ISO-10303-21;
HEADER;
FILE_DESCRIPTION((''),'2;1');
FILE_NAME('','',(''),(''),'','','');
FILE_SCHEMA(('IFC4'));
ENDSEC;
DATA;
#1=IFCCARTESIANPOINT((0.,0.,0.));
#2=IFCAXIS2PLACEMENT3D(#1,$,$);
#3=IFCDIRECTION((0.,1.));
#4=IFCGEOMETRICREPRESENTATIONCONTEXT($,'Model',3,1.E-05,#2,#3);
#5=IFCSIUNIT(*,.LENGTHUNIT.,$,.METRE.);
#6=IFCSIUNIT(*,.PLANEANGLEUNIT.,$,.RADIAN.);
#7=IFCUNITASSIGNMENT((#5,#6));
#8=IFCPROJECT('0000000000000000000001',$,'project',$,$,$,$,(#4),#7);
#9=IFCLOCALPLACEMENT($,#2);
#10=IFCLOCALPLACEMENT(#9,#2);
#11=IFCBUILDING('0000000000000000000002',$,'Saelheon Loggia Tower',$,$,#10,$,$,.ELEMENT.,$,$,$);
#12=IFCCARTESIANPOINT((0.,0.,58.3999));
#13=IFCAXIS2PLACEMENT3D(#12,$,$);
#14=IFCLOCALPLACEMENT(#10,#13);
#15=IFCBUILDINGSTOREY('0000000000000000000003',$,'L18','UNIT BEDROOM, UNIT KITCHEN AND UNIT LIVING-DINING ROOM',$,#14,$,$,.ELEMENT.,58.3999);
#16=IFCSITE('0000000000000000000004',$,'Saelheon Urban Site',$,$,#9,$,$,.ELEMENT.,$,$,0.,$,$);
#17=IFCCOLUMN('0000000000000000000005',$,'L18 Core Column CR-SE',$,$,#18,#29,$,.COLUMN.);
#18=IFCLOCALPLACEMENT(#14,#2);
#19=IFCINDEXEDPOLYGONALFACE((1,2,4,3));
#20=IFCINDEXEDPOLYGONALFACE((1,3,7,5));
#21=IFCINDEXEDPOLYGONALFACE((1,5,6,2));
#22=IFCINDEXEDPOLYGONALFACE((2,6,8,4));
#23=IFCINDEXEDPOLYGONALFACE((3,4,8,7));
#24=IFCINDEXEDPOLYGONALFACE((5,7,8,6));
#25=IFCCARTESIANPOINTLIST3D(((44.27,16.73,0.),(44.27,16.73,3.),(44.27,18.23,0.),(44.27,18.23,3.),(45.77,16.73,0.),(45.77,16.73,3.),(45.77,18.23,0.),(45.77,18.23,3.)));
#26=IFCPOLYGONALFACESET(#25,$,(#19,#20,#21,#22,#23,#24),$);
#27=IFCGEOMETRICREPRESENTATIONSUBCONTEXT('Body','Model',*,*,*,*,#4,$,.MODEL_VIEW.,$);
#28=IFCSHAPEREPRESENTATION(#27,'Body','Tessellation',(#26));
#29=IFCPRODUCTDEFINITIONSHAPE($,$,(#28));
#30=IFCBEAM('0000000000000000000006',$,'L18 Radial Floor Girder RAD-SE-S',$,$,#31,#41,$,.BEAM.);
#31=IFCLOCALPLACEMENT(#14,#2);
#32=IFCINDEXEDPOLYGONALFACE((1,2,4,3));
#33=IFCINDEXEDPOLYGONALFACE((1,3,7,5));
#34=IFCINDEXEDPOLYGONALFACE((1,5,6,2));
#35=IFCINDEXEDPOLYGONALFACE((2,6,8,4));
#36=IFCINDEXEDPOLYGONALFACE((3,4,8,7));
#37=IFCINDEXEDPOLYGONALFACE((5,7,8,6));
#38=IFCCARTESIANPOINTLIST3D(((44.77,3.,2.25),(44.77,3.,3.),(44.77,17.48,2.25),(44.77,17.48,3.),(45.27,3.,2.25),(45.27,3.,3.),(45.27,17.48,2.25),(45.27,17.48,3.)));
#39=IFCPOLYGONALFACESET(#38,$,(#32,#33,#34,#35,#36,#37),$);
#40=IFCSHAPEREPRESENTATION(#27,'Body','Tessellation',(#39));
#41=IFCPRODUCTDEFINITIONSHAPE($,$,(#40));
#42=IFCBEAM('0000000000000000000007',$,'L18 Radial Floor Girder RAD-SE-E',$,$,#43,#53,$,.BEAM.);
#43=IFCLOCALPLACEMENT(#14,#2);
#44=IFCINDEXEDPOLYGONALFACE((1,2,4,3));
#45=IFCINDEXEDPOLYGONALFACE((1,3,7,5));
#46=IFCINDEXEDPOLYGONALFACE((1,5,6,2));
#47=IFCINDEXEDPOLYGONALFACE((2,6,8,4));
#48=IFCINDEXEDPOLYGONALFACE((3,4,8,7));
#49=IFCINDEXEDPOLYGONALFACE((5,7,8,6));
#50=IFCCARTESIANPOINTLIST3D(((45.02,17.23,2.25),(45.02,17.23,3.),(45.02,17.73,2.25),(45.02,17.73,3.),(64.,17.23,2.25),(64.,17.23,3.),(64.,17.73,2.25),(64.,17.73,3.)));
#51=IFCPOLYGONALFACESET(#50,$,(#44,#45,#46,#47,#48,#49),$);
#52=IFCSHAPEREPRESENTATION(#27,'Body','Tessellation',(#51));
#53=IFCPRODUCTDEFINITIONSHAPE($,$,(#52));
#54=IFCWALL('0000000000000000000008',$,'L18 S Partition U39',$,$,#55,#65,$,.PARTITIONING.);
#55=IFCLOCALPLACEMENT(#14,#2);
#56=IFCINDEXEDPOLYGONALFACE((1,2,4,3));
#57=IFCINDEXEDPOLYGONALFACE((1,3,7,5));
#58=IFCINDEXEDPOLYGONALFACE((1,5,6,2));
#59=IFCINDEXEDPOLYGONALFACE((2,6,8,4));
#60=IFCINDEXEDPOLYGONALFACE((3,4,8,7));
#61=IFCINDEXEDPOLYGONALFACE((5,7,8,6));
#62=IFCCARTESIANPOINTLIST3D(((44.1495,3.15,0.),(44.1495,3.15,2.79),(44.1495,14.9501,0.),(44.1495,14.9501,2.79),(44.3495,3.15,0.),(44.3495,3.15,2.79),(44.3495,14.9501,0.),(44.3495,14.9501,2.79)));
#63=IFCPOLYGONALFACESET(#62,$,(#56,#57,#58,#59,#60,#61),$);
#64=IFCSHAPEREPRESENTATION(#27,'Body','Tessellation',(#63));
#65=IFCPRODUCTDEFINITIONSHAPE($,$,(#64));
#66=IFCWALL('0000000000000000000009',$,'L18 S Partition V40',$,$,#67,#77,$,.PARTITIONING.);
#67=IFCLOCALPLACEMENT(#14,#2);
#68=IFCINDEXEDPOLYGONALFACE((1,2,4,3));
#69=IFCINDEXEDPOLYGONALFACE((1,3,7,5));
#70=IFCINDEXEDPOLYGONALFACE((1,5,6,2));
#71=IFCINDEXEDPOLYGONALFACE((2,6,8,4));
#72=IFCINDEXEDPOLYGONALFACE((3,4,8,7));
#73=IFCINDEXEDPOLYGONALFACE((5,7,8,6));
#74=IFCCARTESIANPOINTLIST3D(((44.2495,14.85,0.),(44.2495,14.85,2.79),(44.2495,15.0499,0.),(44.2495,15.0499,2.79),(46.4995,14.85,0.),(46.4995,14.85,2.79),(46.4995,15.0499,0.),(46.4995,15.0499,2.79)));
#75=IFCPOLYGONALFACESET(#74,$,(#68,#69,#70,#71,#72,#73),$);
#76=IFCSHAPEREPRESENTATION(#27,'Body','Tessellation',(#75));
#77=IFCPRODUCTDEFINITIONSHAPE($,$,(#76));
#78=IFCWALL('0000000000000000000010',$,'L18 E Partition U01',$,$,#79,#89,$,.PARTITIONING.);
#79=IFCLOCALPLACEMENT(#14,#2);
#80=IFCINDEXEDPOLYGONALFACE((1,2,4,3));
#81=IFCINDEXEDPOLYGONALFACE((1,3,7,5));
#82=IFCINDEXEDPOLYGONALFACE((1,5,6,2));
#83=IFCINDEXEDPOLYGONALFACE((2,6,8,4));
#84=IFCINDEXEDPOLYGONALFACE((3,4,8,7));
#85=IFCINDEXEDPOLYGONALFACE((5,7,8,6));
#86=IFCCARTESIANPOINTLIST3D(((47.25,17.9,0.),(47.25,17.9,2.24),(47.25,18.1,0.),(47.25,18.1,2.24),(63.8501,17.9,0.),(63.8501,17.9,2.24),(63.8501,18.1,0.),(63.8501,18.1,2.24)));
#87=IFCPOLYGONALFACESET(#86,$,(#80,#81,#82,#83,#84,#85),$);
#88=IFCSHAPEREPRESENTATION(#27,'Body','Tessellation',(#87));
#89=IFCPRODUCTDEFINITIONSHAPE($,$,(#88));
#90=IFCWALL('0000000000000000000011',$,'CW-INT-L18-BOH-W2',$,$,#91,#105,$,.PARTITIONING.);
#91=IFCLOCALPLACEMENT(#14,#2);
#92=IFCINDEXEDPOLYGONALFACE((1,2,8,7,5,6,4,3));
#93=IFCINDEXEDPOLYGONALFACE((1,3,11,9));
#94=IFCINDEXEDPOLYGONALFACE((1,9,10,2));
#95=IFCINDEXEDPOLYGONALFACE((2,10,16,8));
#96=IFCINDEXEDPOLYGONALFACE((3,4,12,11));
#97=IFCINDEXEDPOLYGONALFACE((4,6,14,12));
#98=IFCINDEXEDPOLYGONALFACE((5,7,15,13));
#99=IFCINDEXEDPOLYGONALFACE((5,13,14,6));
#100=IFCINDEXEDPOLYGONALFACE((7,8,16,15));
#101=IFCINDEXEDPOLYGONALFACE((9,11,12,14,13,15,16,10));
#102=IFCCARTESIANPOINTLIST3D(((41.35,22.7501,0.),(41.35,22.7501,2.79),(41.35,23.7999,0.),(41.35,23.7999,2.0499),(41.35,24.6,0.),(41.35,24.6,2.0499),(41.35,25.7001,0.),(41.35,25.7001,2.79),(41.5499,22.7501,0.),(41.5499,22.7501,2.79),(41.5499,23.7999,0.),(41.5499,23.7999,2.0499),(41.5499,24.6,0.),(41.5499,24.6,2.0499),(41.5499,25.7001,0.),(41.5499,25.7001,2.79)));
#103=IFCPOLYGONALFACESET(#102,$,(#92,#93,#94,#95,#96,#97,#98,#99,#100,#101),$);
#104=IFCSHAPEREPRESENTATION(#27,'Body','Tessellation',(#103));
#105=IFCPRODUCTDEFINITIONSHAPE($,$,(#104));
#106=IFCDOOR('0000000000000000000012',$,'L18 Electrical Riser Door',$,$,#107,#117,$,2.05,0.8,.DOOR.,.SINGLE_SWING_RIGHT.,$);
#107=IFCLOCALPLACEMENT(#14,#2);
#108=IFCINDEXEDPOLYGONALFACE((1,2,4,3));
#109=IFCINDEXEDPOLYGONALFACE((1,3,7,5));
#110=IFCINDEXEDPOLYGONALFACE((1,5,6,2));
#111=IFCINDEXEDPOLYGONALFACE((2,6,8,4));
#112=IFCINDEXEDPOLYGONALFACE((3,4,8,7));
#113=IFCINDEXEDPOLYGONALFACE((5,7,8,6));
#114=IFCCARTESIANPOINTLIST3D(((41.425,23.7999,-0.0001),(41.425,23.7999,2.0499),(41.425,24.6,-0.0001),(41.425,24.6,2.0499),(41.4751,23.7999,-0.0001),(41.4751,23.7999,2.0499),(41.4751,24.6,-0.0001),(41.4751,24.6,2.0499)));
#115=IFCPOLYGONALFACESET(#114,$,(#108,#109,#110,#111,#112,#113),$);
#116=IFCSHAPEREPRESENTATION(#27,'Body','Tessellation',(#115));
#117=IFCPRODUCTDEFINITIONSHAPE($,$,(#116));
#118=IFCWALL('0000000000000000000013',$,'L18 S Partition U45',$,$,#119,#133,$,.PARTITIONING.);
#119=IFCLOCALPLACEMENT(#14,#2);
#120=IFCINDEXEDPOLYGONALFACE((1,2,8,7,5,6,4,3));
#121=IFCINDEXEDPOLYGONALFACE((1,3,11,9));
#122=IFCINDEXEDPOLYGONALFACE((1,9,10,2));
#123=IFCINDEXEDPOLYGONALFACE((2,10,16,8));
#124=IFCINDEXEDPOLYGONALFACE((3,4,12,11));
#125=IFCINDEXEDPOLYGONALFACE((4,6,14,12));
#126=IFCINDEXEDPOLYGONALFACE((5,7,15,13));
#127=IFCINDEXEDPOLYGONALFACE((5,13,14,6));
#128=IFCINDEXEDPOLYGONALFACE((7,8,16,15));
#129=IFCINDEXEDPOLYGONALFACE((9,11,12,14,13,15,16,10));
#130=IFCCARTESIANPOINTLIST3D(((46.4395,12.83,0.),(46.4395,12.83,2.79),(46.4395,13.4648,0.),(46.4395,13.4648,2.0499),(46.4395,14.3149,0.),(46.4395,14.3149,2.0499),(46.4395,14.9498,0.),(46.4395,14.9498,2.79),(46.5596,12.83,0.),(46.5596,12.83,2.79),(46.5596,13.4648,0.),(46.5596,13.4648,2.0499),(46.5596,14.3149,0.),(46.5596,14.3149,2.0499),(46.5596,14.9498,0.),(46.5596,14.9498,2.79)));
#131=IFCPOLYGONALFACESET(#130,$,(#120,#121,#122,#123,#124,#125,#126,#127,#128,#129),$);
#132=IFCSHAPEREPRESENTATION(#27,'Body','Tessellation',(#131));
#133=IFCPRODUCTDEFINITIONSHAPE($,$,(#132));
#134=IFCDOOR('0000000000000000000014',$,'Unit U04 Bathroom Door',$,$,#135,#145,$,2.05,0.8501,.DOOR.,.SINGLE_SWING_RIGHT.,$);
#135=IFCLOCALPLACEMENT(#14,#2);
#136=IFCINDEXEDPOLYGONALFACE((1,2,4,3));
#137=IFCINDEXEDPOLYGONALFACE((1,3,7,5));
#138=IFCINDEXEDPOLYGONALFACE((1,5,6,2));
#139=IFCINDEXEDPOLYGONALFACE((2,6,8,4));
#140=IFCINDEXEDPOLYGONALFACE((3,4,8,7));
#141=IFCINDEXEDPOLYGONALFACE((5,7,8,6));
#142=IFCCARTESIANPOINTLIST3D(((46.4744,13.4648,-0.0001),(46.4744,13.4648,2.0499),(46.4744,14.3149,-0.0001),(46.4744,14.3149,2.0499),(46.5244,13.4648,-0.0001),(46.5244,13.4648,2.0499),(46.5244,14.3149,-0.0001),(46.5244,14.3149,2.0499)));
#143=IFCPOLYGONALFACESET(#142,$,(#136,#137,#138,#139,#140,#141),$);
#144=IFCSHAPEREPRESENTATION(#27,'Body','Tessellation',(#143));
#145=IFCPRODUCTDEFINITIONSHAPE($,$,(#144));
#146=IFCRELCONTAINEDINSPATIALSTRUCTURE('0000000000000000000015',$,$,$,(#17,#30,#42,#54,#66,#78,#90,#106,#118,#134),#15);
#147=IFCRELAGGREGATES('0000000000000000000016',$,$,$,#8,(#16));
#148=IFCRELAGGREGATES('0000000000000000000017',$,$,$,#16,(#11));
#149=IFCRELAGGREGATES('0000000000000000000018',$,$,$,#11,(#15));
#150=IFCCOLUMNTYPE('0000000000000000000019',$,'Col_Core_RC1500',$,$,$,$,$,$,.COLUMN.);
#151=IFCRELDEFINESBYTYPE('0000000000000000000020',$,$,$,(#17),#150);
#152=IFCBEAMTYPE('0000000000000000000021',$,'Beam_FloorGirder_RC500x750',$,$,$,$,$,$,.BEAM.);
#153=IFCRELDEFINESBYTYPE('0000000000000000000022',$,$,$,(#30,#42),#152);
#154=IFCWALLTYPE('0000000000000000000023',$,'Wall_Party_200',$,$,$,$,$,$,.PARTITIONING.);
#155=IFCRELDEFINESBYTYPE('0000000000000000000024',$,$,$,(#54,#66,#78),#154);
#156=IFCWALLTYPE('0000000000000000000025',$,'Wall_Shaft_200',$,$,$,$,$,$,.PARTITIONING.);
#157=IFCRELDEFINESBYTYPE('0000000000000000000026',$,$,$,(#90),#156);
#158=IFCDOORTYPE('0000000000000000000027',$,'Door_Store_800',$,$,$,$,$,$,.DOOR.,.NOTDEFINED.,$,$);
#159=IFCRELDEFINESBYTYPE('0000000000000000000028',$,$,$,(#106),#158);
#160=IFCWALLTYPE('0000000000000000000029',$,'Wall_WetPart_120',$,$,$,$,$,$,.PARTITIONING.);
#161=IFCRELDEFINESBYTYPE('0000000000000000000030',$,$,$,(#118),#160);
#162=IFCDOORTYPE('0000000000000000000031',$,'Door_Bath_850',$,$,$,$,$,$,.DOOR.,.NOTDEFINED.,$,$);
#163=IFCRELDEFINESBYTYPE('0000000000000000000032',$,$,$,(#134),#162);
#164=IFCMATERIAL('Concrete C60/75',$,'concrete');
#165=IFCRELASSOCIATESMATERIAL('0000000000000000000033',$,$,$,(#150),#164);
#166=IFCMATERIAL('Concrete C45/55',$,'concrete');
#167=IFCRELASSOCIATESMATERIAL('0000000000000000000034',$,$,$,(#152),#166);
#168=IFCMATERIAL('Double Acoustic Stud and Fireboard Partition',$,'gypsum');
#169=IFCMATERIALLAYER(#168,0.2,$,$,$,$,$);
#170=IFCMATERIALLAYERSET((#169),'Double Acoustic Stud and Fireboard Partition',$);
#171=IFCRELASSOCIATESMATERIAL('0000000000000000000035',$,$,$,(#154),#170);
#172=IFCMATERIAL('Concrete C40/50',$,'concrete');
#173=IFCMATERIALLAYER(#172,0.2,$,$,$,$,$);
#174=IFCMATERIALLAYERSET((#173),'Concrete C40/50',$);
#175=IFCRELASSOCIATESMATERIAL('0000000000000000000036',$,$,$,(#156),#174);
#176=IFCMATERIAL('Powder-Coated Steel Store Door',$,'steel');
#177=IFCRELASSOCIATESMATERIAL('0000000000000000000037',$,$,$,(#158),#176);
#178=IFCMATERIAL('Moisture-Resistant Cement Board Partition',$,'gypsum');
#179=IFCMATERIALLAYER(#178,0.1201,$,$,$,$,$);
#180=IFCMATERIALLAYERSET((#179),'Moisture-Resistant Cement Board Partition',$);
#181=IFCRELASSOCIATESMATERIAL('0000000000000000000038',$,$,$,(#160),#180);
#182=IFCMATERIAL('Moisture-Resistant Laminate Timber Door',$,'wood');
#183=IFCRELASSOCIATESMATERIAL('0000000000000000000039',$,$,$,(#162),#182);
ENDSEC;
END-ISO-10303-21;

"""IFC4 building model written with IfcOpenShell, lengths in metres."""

from ifc_helpers import new_model, si_unit, direction, frame, frame_2d, origin, origin_2d, place, context, subcontext, project, spatial, rectangle, extrude, source, transform, mapped, material, layer, layer_set, material_profile, profile_set, type_object, element, fill, save


model = new_model("IFC4")

# Units and contexts
model_context = context("Model", 3, precision=1e-05, world=origin(), true_north=direction((0.0, 1.0)))
body_context = subcontext(model_context, "Body", "Model", "MODEL_VIEW")
ifc_project = project(units=[si_unit("LENGTHUNIT", "METRE"), si_unit("PLANEANGLEUNIT", "RADIAN")], contexts=[model_context])

# Site, building, storey
site_placement = place(None, origin())
site = spatial("IfcSite", under=ifc_project, at=site_placement, Name="Saelheon Urban Site", CompositionType="ELEMENT", RefElevation=0.0)
building_placement = place(site_placement, origin())
building = spatial("IfcBuilding", under=site, at=building_placement, Name="Saelheon Loggia Tower", CompositionType="ELEMENT")
storey_placement = place(building_placement, frame((0.0, 0.0, 58.3999)))
storey = spatial("IfcBuildingStorey", under=building, at=storey_placement, Name="L18", Description="UNIT BEDROOM, UNIT KITCHEN AND UNIT LIVING-DINING ROOM", CompositionType="ELEMENT", Elevation=58.3999)

# Column
ifc_material_1 = material(Name="Concrete C60/75", Category="concrete")
ifc_material_profile_1 = material_profile(ifc_material_1, rectangle(XDim=1.5, YDim=1.5, at=origin_2d()), Name="RC-1500x1500")
ifc_profile_set_1 = profile_set([ifc_material_profile_1], Name="Concrete C60/75")
column_type = type_object("IfcColumnType", Name="Col_Core_RC1500", PredefinedType="COLUMN", material=ifc_profile_set_1)
shared_shape_1 = source(origin(), body_context, "Body", "SweptSolid", [
    extrude(rectangle(XDim=1.5, YDim=1.5, at=origin_2d()), origin(), (0.0, 0.0, 1.0), 3.0),
])
column_placement = place(storey_placement, frame((45.02, 17.48, 0.0), z_axis=(0.0, 0.0, 1.0), x_axis=(1.0, 0.0, 0.0)))
element("IfcColumn", 1, at=column_placement, inside=storey, type_object=column_type, Name="L18 Core Column CR-SE", PredefinedType="COLUMN", context=body_context, shape_type="MappedRepresentation", body=[
    mapped(shared_shape_1, transform((0.0, 0.0, 0.0), scale=1.0)),
])

# Beams
ifc_material_2 = material(Name="Concrete C45/55", Category="concrete")
ifc_material_profile_2 = material_profile(ifc_material_2, rectangle(XDim=0.5, YDim=0.75, at=origin_2d()), Name="RC-500x750")
ifc_profile_set_2 = profile_set([ifc_material_profile_2], Name="Concrete C45/55")
beam_type = type_object("IfcBeamType", Name="Beam_FloorGirder_RC500x750", PredefinedType="BEAM", material=ifc_profile_set_2)
shared_shape_2 = source(origin(), body_context, "Body", "SweptSolid", [
    extrude(rectangle(XDim=0.5, YDim=0.75, at=origin_2d()), origin(), (0.0, 0.0, 1.0), 14.48),
])
beam_1_placement = place(storey_placement, frame((45.02, 17.48, 2.625), z_axis=(0.0, -1.0, 0.0), x_axis=(1.0, 0.0, 0.0)))
element("IfcBeam", 2, at=beam_1_placement, inside=storey, type_object=beam_type, Name="L18 Radial Floor Girder RAD-SE-S", PredefinedType="BEAM", context=body_context, shape_type="MappedRepresentation", body=[
    mapped(shared_shape_2, transform((0.0, 0.0, 0.0), scale=1.0)),
])
shared_shape_3 = source(origin(), body_context, "Body", "SweptSolid", [
    extrude(rectangle(XDim=0.5, YDim=0.75, at=origin_2d()), origin(), (0.0, 0.0, 1.0), 18.98),
])
beam_2_placement = place(storey_placement, frame((45.02, 17.48, 2.625), z_axis=(1.0, 0.0, 0.0), x_axis=(0.0, 1.0, 0.0)))
element("IfcBeam", 3, at=beam_2_placement, inside=storey, type_object=beam_type, Name="L18 Radial Floor Girder RAD-SE-E", PredefinedType="BEAM", context=body_context, shape_type="MappedRepresentation", body=[
    mapped(shared_shape_3, transform((0.0, 0.0, 0.0), scale=1.0)),
])

# Walls
ifc_material_3 = material(Name="Double Acoustic Stud and Fireboard Partition", Category="gypsum")
ifc_layer_1 = layer(ifc_material_3, 0.2)
ifc_layer_set_1 = layer_set([ifc_layer_1], Name="Double Acoustic Stud and Fireboard Partition")
wall_type_1 = type_object("IfcWallType", Name="Wall_Party_200", PredefinedType="PARTITIONING", material=ifc_layer_set_1)
wall_1_placement = place(storey_placement, frame((44.2495, 14.95, 0.0), z_axis=(0.0, 0.0, 1.0), x_axis=(0.0, -1.0, 0.0)))
element("IfcWall", 4, at=wall_1_placement, inside=storey, type_object=wall_type_1, Name="L18 S Partition U39", PredefinedType="PARTITIONING", context=body_context, shape_type="SweptSolid", body=[
    extrude(rectangle(XDim=11.8, YDim=0.2, at=frame_2d((5.8999, 0.0))), origin(), (0.0, 0.0, 1.0), 2.79),
])
wall_2_placement = place(storey_placement, frame((44.2495, 14.95, 0.0), z_axis=(0.0, 0.0, 1.0), x_axis=(1.0, 0.0, 0.0)))
element("IfcWall", 5, at=wall_2_placement, inside=storey, type_object=wall_type_1, Name="L18 S Partition V40", PredefinedType="PARTITIONING", context=body_context, shape_type="SweptSolid", body=[
    extrude(rectangle(XDim=2.25, YDim=0.2, at=frame_2d((1.125, 0.0))), origin(), (0.0, 0.0, 1.0), 2.79),
])

# Wall
wall_3_placement = place(storey_placement, frame((47.25, 18.0, 0.0), z_axis=(0.0, 0.0, 1.0), x_axis=(1.0, 0.0, 0.0)))
element("IfcWall", 6, at=wall_3_placement, inside=storey, type_object=wall_type_1, Name="L18 E Partition U01", PredefinedType="PARTITIONING", context=body_context, shape_type="SweptSolid", body=[
    extrude(rectangle(XDim=16.6001, YDim=0.2, at=frame_2d((8.3, 0.0))), origin(), (0.0, 0.0, 1.0), 2.24),
])

# Walls, openings, doors
ifc_material_4 = material(Name="Concrete C40/50", Category="concrete")
ifc_layer_2 = layer(ifc_material_4, 0.2)
ifc_layer_set_2 = layer_set([ifc_layer_2], Name="Concrete C40/50")
wall_type_2 = type_object("IfcWallType", Name="Wall_Shaft_200", PredefinedType="PARTITIONING", material=ifc_layer_set_2)
wall_4_placement = place(storey_placement, frame((41.45, 22.75, 0.0), z_axis=(0.0, 0.0, 1.0), x_axis=(0.0, 1.0, 0.0)))
wall_4 = element("IfcWall", 7, at=wall_4_placement, inside=storey, type_object=wall_type_2, Name="CW-INT-L18-BOH-W2", PredefinedType="PARTITIONING", context=body_context, shape_type="SweptSolid", body=[
    extrude(rectangle(XDim=2.95, YDim=0.2, at=frame_2d((1.4751, 0.0))), origin(), (0.0, 0.0, 1.0), 2.79),
])
opening_1_placement = place(wall_4_placement, frame((1.05, 0.0, 0.0)))
opening_1 = element("IfcOpeningElement", 8, at=opening_1_placement, cuts=wall_4, PredefinedType="OPENING", context=body_context, shape_type="SweptSolid", body=[
    extrude(rectangle(XDim=0.8, YDim=2.05, at=frame_2d((0.3999, 1.0249))), frame((0.0, 0.1121, 0.0), z_axis=(0.0, -1.0, 0.0), x_axis=(1.0, 0.0, 0.0)), (0.0, 0.0, 1.0), 0.2239),
])
ifc_material_5 = material(Name="Powder-Coated Steel Store Door", Category="steel")
door_type_1 = type_object("IfcDoorType", Name="Door_Store_800", OperationType="NOTDEFINED", PredefinedType="DOOR", material=ifc_material_5)
shared_shape_4 = source(origin(), body_context, "Body", "SweptSolid", [
    extrude(rectangle(XDim=0.8, YDim=2.05, at=frame_2d((0.3999, 1.0249))), frame((0.0, 0.0249, 0.0), z_axis=(0.0, -1.0, 0.0), x_axis=(1.0, 0.0, 0.0)), (0.0, 0.0, 1.0), 0.05),
])
door_1_placement = place(opening_1_placement, origin())
door_1 = element("IfcDoor", 9, at=door_1_placement, inside=storey, type_object=door_type_1, Name="L18 Electrical Riser Door", OperationType="SINGLE_SWING_RIGHT", OverallHeight=2.05, OverallWidth=0.8, PredefinedType="DOOR", context=body_context, shape_type="MappedRepresentation", body=[
    mapped(shared_shape_4, transform((0.0, 0.0, 0.0), scale=1.0)),
])
fill(opening_1, door_1)
ifc_material_6 = material(Name="Moisture-Resistant Cement Board Partition", Category="gypsum")
ifc_layer_3 = layer(ifc_material_6, 0.1201)
ifc_layer_set_3 = layer_set([ifc_layer_3], Name="Moisture-Resistant Cement Board Partition")
wall_type_3 = type_object("IfcWallType", Name="Wall_WetPart_120", PredefinedType="PARTITIONING", material=ifc_layer_set_3)
wall_5_placement = place(storey_placement, frame((46.4995, 14.95, 0.0), z_axis=(0.0, 0.0, 1.0), x_axis=(0.0, -1.0, 0.0)))
wall_5 = element("IfcWall", 10, at=wall_5_placement, inside=storey, type_object=wall_type_3, Name="L18 S Partition U45", PredefinedType="PARTITIONING", context=body_context, shape_type="SweptSolid", body=[
    extrude(rectangle(XDim=2.1199, YDim=0.1201, at=frame_2d((1.0601, 0.0))), origin(), (0.0, 0.0, 1.0), 2.79),
])
opening_2_placement = place(wall_5_placement, frame((0.635, 0.0, 0.0)))
opening_2 = element("IfcOpeningElement", 11, at=opening_2_placement, cuts=wall_5, PredefinedType="OPENING", context=body_context, shape_type="SweptSolid", body=[
    extrude(rectangle(XDim=0.8501, YDim=2.05, at=frame_2d((0.425, 1.0249))), frame((0.0, 0.072, 0.0), z_axis=(0.0, -1.0, 0.0), x_axis=(1.0, 0.0, 0.0)), (0.0, 0.0, 1.0), 0.144),
])
ifc_material_7 = material(Name="Moisture-Resistant Laminate Timber Door", Category="wood")
door_type_2 = type_object("IfcDoorType", Name="Door_Bath_850", OperationType="NOTDEFINED", PredefinedType="DOOR", material=ifc_material_7)
shared_shape_5 = source(origin(), body_context, "Body", "SweptSolid", [
    extrude(rectangle(XDim=0.8501, YDim=2.05, at=frame_2d((0.425, 1.0249))), frame((0.0, 0.0249, 0.0), z_axis=(0.0, -1.0, 0.0), x_axis=(1.0, 0.0, 0.0)), (0.0, 0.0, 1.0), 0.05),
])
door_2_placement = place(opening_2_placement, origin())
door_2 = element("IfcDoor", 12, at=door_2_placement, inside=storey, type_object=door_type_2, Name="Unit U04 Bathroom Door", OperationType="SINGLE_SWING_RIGHT", OverallHeight=2.05, OverallWidth=0.8501, PredefinedType="DOOR", context=body_context, shape_type="MappedRepresentation", body=[
    mapped(shared_shape_5, transform((0.0, 0.0, 0.0), scale=1.0)),
])
fill(opening_2, door_2)

save(model, "model.ifc")
